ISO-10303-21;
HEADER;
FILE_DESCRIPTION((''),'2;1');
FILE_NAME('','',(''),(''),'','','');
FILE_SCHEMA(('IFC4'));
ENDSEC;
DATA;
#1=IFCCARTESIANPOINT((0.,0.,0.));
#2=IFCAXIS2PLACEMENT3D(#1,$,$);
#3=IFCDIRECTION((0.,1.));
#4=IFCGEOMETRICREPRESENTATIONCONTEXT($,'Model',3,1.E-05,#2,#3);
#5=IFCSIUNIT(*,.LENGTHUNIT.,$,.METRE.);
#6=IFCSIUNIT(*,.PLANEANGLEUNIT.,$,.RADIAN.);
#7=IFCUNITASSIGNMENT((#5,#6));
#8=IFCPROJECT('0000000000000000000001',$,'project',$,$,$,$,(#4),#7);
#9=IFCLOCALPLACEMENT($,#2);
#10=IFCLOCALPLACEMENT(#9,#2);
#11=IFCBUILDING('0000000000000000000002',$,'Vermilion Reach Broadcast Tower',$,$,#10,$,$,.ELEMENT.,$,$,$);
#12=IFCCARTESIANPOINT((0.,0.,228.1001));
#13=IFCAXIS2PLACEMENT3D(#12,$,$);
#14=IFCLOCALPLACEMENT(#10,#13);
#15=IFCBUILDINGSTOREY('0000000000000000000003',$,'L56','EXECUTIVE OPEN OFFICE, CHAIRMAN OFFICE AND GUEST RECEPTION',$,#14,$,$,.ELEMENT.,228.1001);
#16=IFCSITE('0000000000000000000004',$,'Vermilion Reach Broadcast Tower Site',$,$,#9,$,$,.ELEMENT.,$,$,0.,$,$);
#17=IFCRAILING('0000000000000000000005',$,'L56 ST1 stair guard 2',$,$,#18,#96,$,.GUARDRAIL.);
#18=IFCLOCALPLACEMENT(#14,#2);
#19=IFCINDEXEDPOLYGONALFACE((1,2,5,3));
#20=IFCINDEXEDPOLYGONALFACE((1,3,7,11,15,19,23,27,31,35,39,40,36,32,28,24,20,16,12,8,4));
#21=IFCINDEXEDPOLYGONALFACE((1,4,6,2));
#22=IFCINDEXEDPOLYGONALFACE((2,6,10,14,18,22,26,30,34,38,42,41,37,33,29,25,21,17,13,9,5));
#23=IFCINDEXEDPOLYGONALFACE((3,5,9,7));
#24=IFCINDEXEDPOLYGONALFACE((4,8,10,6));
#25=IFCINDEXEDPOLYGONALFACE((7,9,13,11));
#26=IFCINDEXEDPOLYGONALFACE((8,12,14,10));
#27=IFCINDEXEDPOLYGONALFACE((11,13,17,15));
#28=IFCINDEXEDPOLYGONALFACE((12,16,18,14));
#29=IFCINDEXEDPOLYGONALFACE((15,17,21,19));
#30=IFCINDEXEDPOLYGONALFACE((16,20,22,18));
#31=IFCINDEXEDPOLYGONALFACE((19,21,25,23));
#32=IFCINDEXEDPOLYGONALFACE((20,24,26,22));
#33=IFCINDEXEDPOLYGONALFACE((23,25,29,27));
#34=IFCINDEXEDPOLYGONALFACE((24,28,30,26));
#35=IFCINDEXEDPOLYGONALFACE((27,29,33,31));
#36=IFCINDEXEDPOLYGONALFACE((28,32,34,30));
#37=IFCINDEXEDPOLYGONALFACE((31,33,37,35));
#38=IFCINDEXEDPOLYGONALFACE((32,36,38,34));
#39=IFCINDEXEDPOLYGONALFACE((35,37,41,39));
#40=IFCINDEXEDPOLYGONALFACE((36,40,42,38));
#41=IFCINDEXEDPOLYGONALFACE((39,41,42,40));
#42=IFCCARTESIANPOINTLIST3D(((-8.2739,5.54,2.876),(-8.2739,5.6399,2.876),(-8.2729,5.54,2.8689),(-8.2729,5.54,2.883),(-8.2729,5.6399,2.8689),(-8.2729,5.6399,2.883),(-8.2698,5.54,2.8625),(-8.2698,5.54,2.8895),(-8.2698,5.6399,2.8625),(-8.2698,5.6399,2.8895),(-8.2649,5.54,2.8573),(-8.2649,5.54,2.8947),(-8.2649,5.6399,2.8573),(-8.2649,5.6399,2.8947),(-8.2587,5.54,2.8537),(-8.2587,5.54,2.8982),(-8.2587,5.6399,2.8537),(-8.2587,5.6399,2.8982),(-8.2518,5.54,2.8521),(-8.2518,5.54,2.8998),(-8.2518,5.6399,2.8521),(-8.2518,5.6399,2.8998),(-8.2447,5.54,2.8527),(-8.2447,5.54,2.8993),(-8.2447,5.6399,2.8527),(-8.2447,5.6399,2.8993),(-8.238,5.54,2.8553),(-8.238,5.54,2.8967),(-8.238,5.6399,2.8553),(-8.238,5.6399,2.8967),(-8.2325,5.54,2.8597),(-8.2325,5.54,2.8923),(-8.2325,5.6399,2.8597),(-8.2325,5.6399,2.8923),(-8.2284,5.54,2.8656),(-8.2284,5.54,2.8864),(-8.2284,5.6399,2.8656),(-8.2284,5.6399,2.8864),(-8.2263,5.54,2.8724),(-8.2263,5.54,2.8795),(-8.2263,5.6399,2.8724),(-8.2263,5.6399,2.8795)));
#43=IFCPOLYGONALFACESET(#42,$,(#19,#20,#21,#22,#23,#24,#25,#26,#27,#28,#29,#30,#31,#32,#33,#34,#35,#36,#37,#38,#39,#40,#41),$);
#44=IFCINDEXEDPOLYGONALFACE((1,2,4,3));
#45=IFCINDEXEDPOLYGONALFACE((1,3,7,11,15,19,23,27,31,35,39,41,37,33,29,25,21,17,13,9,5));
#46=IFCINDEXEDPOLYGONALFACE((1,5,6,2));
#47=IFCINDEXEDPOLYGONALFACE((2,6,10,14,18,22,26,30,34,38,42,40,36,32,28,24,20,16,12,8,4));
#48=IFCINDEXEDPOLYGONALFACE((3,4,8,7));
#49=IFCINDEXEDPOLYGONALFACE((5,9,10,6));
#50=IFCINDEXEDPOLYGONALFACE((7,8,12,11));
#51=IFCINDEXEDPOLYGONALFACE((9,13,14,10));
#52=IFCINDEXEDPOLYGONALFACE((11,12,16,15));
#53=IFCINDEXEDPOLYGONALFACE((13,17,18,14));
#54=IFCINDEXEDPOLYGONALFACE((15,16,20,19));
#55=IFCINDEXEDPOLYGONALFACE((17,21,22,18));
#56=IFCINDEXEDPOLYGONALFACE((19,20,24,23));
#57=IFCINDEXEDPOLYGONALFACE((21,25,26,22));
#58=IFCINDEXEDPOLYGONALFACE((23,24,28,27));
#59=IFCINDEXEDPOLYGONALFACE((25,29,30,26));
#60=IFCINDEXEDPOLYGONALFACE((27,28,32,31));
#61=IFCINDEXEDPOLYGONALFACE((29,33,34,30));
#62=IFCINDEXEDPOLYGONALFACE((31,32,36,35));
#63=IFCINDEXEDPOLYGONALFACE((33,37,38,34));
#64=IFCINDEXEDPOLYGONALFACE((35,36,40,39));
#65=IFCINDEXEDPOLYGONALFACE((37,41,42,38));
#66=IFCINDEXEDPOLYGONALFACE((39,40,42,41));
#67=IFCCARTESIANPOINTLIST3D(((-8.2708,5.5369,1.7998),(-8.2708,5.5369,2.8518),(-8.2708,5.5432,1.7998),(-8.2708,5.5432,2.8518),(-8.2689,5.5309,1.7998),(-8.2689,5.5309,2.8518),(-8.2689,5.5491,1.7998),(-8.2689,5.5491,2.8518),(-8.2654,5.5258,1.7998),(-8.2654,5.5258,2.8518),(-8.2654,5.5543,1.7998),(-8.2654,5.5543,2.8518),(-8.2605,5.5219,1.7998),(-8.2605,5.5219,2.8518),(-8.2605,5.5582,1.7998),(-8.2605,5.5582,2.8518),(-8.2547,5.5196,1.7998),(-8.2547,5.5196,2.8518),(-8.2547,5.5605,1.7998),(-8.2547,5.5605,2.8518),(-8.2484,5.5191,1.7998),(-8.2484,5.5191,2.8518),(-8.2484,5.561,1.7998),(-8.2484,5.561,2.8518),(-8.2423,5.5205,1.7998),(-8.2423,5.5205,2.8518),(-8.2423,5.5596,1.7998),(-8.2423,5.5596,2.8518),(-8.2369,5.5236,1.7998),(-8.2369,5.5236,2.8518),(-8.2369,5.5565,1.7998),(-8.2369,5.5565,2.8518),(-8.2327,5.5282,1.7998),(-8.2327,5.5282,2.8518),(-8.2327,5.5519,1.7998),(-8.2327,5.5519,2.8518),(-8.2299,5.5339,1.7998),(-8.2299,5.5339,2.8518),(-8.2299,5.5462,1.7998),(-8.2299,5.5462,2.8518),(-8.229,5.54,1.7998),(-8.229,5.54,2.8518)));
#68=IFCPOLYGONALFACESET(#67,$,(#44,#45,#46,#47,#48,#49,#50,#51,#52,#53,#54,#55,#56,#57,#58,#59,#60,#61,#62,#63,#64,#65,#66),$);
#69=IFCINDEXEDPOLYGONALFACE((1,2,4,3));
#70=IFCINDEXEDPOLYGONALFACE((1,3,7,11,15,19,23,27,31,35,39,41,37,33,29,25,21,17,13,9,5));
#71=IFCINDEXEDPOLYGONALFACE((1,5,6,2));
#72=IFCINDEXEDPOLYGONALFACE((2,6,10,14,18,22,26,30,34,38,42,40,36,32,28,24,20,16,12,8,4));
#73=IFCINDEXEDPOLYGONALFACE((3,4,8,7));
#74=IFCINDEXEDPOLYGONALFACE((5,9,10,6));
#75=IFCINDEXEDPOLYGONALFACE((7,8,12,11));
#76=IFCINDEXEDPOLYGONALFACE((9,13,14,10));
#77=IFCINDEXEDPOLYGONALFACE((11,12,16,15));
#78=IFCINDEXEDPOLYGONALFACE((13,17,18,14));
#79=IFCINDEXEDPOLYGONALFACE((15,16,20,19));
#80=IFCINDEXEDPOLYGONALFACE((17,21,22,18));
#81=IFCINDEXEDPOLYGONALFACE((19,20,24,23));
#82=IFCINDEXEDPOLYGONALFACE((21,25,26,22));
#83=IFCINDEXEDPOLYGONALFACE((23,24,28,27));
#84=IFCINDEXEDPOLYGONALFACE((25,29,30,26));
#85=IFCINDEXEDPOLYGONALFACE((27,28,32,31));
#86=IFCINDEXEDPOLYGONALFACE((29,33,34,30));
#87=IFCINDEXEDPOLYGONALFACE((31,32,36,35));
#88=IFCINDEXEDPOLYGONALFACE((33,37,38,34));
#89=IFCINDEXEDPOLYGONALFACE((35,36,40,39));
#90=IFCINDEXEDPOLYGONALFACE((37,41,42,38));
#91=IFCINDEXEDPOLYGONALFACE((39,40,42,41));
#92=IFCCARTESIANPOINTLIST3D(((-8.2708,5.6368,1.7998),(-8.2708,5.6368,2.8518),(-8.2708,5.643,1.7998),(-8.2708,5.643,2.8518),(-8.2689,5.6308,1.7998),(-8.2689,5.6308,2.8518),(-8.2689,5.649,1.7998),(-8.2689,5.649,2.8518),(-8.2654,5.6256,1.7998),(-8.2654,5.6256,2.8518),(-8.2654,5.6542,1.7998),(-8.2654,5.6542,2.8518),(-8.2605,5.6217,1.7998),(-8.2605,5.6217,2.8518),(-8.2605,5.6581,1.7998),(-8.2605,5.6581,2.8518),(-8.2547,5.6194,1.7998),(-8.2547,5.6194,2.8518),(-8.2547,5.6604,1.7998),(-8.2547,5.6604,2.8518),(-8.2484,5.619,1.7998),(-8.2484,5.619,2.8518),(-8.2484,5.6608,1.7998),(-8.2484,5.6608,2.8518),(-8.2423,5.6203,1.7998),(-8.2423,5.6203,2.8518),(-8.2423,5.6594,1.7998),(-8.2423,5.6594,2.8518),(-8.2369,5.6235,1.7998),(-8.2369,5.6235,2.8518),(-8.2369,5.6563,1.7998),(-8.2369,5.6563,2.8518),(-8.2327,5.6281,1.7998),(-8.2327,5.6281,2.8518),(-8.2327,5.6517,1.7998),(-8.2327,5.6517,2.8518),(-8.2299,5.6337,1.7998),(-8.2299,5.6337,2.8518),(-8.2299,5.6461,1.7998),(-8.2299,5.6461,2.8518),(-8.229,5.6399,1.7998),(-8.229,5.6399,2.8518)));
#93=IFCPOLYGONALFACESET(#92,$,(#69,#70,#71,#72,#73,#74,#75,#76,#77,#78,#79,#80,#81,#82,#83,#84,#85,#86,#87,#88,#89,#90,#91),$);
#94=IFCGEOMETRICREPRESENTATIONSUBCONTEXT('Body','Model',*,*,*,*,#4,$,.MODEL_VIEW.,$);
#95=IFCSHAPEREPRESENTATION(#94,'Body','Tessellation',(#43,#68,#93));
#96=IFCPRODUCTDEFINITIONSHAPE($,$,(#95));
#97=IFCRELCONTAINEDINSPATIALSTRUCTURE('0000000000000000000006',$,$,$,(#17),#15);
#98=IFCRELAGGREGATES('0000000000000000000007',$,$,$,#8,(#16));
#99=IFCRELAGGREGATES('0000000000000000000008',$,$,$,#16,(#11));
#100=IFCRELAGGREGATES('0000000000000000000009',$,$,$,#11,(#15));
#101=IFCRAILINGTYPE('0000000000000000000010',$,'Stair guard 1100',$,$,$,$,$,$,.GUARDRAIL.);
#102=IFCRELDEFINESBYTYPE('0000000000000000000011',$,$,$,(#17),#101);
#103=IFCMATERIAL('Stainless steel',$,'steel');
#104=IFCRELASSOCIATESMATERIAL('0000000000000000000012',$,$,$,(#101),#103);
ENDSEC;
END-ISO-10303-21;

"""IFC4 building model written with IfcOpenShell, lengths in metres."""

from ifc_helpers import new_model, si_unit, direction, frame, origin, origin_2d, place, context, subcontext, project, spatial, circle, extrude, material, type_object, element, save


model = new_model("IFC4")

# Units and contexts
model_context = context("Model", 3, precision=1e-05, world=origin(), true_north=direction((0.0, 1.0)))
body_context = subcontext(model_context, "Body", "Model", "MODEL_VIEW")
ifc_project = project(units=[si_unit("LENGTHUNIT", "METRE"), si_unit("PLANEANGLEUNIT", "RADIAN")], contexts=[model_context])

# Site, building, storey
site_placement = place(None, origin())
site = spatial("IfcSite", under=ifc_project, at=site_placement, Name="Vermilion Reach Broadcast Tower Site", CompositionType="ELEMENT", RefElevation=0.0)
building_placement = place(site_placement, origin())
building = spatial("IfcBuilding", under=site, at=building_placement, Name="Vermilion Reach Broadcast Tower", CompositionType="ELEMENT")
storey_placement = place(building_placement, frame((0.0, 0.0, 228.1001)))
storey = spatial("IfcBuildingStorey", under=building, at=storey_placement, Name="L56", Description="EXECUTIVE OPEN OFFICE, CHAIRMAN OFFICE AND GUEST RECEPTION", CompositionType="ELEMENT", Elevation=228.1001)

# Railing
ifc_material_1 = material(Name="Stainless steel", Category="steel")
railing_type_1 = type_object("IfcRailingType", Name="Stair guard 1100", PredefinedType="GUARDRAIL", material=ifc_material_1)
railing_1_placement = place(storey_placement, frame((-8.25, 5.54, 1.7998)))
element("IfcRailing", 1, at=railing_1_placement, inside=storey, type_object=railing_type_1, Name="L56 ST1 stair guard 2", PredefinedType="GUARDRAIL", context=body_context, shape_type="SweptSolid", body=[
    extrude(circle(Radius=0.0239, at=origin_2d()), frame((0.0, 0.0, 1.0762), z_axis=(0.0, 1.0, 0.0), x_axis=(-1.0, 0.0, 0.0)), (0.0, 0.0, 1.0), 0.0999),
    extrude(circle(Radius=0.021, at=origin_2d()), origin(), (0.0, 0.0, 1.0), 1.052),
    extrude(circle(Radius=0.021, at=origin_2d()), frame((0.0, 0.0999, 0.0)), (0.0, 0.0, 1.0), 1.052),
])

save(model, "model.ifc")
